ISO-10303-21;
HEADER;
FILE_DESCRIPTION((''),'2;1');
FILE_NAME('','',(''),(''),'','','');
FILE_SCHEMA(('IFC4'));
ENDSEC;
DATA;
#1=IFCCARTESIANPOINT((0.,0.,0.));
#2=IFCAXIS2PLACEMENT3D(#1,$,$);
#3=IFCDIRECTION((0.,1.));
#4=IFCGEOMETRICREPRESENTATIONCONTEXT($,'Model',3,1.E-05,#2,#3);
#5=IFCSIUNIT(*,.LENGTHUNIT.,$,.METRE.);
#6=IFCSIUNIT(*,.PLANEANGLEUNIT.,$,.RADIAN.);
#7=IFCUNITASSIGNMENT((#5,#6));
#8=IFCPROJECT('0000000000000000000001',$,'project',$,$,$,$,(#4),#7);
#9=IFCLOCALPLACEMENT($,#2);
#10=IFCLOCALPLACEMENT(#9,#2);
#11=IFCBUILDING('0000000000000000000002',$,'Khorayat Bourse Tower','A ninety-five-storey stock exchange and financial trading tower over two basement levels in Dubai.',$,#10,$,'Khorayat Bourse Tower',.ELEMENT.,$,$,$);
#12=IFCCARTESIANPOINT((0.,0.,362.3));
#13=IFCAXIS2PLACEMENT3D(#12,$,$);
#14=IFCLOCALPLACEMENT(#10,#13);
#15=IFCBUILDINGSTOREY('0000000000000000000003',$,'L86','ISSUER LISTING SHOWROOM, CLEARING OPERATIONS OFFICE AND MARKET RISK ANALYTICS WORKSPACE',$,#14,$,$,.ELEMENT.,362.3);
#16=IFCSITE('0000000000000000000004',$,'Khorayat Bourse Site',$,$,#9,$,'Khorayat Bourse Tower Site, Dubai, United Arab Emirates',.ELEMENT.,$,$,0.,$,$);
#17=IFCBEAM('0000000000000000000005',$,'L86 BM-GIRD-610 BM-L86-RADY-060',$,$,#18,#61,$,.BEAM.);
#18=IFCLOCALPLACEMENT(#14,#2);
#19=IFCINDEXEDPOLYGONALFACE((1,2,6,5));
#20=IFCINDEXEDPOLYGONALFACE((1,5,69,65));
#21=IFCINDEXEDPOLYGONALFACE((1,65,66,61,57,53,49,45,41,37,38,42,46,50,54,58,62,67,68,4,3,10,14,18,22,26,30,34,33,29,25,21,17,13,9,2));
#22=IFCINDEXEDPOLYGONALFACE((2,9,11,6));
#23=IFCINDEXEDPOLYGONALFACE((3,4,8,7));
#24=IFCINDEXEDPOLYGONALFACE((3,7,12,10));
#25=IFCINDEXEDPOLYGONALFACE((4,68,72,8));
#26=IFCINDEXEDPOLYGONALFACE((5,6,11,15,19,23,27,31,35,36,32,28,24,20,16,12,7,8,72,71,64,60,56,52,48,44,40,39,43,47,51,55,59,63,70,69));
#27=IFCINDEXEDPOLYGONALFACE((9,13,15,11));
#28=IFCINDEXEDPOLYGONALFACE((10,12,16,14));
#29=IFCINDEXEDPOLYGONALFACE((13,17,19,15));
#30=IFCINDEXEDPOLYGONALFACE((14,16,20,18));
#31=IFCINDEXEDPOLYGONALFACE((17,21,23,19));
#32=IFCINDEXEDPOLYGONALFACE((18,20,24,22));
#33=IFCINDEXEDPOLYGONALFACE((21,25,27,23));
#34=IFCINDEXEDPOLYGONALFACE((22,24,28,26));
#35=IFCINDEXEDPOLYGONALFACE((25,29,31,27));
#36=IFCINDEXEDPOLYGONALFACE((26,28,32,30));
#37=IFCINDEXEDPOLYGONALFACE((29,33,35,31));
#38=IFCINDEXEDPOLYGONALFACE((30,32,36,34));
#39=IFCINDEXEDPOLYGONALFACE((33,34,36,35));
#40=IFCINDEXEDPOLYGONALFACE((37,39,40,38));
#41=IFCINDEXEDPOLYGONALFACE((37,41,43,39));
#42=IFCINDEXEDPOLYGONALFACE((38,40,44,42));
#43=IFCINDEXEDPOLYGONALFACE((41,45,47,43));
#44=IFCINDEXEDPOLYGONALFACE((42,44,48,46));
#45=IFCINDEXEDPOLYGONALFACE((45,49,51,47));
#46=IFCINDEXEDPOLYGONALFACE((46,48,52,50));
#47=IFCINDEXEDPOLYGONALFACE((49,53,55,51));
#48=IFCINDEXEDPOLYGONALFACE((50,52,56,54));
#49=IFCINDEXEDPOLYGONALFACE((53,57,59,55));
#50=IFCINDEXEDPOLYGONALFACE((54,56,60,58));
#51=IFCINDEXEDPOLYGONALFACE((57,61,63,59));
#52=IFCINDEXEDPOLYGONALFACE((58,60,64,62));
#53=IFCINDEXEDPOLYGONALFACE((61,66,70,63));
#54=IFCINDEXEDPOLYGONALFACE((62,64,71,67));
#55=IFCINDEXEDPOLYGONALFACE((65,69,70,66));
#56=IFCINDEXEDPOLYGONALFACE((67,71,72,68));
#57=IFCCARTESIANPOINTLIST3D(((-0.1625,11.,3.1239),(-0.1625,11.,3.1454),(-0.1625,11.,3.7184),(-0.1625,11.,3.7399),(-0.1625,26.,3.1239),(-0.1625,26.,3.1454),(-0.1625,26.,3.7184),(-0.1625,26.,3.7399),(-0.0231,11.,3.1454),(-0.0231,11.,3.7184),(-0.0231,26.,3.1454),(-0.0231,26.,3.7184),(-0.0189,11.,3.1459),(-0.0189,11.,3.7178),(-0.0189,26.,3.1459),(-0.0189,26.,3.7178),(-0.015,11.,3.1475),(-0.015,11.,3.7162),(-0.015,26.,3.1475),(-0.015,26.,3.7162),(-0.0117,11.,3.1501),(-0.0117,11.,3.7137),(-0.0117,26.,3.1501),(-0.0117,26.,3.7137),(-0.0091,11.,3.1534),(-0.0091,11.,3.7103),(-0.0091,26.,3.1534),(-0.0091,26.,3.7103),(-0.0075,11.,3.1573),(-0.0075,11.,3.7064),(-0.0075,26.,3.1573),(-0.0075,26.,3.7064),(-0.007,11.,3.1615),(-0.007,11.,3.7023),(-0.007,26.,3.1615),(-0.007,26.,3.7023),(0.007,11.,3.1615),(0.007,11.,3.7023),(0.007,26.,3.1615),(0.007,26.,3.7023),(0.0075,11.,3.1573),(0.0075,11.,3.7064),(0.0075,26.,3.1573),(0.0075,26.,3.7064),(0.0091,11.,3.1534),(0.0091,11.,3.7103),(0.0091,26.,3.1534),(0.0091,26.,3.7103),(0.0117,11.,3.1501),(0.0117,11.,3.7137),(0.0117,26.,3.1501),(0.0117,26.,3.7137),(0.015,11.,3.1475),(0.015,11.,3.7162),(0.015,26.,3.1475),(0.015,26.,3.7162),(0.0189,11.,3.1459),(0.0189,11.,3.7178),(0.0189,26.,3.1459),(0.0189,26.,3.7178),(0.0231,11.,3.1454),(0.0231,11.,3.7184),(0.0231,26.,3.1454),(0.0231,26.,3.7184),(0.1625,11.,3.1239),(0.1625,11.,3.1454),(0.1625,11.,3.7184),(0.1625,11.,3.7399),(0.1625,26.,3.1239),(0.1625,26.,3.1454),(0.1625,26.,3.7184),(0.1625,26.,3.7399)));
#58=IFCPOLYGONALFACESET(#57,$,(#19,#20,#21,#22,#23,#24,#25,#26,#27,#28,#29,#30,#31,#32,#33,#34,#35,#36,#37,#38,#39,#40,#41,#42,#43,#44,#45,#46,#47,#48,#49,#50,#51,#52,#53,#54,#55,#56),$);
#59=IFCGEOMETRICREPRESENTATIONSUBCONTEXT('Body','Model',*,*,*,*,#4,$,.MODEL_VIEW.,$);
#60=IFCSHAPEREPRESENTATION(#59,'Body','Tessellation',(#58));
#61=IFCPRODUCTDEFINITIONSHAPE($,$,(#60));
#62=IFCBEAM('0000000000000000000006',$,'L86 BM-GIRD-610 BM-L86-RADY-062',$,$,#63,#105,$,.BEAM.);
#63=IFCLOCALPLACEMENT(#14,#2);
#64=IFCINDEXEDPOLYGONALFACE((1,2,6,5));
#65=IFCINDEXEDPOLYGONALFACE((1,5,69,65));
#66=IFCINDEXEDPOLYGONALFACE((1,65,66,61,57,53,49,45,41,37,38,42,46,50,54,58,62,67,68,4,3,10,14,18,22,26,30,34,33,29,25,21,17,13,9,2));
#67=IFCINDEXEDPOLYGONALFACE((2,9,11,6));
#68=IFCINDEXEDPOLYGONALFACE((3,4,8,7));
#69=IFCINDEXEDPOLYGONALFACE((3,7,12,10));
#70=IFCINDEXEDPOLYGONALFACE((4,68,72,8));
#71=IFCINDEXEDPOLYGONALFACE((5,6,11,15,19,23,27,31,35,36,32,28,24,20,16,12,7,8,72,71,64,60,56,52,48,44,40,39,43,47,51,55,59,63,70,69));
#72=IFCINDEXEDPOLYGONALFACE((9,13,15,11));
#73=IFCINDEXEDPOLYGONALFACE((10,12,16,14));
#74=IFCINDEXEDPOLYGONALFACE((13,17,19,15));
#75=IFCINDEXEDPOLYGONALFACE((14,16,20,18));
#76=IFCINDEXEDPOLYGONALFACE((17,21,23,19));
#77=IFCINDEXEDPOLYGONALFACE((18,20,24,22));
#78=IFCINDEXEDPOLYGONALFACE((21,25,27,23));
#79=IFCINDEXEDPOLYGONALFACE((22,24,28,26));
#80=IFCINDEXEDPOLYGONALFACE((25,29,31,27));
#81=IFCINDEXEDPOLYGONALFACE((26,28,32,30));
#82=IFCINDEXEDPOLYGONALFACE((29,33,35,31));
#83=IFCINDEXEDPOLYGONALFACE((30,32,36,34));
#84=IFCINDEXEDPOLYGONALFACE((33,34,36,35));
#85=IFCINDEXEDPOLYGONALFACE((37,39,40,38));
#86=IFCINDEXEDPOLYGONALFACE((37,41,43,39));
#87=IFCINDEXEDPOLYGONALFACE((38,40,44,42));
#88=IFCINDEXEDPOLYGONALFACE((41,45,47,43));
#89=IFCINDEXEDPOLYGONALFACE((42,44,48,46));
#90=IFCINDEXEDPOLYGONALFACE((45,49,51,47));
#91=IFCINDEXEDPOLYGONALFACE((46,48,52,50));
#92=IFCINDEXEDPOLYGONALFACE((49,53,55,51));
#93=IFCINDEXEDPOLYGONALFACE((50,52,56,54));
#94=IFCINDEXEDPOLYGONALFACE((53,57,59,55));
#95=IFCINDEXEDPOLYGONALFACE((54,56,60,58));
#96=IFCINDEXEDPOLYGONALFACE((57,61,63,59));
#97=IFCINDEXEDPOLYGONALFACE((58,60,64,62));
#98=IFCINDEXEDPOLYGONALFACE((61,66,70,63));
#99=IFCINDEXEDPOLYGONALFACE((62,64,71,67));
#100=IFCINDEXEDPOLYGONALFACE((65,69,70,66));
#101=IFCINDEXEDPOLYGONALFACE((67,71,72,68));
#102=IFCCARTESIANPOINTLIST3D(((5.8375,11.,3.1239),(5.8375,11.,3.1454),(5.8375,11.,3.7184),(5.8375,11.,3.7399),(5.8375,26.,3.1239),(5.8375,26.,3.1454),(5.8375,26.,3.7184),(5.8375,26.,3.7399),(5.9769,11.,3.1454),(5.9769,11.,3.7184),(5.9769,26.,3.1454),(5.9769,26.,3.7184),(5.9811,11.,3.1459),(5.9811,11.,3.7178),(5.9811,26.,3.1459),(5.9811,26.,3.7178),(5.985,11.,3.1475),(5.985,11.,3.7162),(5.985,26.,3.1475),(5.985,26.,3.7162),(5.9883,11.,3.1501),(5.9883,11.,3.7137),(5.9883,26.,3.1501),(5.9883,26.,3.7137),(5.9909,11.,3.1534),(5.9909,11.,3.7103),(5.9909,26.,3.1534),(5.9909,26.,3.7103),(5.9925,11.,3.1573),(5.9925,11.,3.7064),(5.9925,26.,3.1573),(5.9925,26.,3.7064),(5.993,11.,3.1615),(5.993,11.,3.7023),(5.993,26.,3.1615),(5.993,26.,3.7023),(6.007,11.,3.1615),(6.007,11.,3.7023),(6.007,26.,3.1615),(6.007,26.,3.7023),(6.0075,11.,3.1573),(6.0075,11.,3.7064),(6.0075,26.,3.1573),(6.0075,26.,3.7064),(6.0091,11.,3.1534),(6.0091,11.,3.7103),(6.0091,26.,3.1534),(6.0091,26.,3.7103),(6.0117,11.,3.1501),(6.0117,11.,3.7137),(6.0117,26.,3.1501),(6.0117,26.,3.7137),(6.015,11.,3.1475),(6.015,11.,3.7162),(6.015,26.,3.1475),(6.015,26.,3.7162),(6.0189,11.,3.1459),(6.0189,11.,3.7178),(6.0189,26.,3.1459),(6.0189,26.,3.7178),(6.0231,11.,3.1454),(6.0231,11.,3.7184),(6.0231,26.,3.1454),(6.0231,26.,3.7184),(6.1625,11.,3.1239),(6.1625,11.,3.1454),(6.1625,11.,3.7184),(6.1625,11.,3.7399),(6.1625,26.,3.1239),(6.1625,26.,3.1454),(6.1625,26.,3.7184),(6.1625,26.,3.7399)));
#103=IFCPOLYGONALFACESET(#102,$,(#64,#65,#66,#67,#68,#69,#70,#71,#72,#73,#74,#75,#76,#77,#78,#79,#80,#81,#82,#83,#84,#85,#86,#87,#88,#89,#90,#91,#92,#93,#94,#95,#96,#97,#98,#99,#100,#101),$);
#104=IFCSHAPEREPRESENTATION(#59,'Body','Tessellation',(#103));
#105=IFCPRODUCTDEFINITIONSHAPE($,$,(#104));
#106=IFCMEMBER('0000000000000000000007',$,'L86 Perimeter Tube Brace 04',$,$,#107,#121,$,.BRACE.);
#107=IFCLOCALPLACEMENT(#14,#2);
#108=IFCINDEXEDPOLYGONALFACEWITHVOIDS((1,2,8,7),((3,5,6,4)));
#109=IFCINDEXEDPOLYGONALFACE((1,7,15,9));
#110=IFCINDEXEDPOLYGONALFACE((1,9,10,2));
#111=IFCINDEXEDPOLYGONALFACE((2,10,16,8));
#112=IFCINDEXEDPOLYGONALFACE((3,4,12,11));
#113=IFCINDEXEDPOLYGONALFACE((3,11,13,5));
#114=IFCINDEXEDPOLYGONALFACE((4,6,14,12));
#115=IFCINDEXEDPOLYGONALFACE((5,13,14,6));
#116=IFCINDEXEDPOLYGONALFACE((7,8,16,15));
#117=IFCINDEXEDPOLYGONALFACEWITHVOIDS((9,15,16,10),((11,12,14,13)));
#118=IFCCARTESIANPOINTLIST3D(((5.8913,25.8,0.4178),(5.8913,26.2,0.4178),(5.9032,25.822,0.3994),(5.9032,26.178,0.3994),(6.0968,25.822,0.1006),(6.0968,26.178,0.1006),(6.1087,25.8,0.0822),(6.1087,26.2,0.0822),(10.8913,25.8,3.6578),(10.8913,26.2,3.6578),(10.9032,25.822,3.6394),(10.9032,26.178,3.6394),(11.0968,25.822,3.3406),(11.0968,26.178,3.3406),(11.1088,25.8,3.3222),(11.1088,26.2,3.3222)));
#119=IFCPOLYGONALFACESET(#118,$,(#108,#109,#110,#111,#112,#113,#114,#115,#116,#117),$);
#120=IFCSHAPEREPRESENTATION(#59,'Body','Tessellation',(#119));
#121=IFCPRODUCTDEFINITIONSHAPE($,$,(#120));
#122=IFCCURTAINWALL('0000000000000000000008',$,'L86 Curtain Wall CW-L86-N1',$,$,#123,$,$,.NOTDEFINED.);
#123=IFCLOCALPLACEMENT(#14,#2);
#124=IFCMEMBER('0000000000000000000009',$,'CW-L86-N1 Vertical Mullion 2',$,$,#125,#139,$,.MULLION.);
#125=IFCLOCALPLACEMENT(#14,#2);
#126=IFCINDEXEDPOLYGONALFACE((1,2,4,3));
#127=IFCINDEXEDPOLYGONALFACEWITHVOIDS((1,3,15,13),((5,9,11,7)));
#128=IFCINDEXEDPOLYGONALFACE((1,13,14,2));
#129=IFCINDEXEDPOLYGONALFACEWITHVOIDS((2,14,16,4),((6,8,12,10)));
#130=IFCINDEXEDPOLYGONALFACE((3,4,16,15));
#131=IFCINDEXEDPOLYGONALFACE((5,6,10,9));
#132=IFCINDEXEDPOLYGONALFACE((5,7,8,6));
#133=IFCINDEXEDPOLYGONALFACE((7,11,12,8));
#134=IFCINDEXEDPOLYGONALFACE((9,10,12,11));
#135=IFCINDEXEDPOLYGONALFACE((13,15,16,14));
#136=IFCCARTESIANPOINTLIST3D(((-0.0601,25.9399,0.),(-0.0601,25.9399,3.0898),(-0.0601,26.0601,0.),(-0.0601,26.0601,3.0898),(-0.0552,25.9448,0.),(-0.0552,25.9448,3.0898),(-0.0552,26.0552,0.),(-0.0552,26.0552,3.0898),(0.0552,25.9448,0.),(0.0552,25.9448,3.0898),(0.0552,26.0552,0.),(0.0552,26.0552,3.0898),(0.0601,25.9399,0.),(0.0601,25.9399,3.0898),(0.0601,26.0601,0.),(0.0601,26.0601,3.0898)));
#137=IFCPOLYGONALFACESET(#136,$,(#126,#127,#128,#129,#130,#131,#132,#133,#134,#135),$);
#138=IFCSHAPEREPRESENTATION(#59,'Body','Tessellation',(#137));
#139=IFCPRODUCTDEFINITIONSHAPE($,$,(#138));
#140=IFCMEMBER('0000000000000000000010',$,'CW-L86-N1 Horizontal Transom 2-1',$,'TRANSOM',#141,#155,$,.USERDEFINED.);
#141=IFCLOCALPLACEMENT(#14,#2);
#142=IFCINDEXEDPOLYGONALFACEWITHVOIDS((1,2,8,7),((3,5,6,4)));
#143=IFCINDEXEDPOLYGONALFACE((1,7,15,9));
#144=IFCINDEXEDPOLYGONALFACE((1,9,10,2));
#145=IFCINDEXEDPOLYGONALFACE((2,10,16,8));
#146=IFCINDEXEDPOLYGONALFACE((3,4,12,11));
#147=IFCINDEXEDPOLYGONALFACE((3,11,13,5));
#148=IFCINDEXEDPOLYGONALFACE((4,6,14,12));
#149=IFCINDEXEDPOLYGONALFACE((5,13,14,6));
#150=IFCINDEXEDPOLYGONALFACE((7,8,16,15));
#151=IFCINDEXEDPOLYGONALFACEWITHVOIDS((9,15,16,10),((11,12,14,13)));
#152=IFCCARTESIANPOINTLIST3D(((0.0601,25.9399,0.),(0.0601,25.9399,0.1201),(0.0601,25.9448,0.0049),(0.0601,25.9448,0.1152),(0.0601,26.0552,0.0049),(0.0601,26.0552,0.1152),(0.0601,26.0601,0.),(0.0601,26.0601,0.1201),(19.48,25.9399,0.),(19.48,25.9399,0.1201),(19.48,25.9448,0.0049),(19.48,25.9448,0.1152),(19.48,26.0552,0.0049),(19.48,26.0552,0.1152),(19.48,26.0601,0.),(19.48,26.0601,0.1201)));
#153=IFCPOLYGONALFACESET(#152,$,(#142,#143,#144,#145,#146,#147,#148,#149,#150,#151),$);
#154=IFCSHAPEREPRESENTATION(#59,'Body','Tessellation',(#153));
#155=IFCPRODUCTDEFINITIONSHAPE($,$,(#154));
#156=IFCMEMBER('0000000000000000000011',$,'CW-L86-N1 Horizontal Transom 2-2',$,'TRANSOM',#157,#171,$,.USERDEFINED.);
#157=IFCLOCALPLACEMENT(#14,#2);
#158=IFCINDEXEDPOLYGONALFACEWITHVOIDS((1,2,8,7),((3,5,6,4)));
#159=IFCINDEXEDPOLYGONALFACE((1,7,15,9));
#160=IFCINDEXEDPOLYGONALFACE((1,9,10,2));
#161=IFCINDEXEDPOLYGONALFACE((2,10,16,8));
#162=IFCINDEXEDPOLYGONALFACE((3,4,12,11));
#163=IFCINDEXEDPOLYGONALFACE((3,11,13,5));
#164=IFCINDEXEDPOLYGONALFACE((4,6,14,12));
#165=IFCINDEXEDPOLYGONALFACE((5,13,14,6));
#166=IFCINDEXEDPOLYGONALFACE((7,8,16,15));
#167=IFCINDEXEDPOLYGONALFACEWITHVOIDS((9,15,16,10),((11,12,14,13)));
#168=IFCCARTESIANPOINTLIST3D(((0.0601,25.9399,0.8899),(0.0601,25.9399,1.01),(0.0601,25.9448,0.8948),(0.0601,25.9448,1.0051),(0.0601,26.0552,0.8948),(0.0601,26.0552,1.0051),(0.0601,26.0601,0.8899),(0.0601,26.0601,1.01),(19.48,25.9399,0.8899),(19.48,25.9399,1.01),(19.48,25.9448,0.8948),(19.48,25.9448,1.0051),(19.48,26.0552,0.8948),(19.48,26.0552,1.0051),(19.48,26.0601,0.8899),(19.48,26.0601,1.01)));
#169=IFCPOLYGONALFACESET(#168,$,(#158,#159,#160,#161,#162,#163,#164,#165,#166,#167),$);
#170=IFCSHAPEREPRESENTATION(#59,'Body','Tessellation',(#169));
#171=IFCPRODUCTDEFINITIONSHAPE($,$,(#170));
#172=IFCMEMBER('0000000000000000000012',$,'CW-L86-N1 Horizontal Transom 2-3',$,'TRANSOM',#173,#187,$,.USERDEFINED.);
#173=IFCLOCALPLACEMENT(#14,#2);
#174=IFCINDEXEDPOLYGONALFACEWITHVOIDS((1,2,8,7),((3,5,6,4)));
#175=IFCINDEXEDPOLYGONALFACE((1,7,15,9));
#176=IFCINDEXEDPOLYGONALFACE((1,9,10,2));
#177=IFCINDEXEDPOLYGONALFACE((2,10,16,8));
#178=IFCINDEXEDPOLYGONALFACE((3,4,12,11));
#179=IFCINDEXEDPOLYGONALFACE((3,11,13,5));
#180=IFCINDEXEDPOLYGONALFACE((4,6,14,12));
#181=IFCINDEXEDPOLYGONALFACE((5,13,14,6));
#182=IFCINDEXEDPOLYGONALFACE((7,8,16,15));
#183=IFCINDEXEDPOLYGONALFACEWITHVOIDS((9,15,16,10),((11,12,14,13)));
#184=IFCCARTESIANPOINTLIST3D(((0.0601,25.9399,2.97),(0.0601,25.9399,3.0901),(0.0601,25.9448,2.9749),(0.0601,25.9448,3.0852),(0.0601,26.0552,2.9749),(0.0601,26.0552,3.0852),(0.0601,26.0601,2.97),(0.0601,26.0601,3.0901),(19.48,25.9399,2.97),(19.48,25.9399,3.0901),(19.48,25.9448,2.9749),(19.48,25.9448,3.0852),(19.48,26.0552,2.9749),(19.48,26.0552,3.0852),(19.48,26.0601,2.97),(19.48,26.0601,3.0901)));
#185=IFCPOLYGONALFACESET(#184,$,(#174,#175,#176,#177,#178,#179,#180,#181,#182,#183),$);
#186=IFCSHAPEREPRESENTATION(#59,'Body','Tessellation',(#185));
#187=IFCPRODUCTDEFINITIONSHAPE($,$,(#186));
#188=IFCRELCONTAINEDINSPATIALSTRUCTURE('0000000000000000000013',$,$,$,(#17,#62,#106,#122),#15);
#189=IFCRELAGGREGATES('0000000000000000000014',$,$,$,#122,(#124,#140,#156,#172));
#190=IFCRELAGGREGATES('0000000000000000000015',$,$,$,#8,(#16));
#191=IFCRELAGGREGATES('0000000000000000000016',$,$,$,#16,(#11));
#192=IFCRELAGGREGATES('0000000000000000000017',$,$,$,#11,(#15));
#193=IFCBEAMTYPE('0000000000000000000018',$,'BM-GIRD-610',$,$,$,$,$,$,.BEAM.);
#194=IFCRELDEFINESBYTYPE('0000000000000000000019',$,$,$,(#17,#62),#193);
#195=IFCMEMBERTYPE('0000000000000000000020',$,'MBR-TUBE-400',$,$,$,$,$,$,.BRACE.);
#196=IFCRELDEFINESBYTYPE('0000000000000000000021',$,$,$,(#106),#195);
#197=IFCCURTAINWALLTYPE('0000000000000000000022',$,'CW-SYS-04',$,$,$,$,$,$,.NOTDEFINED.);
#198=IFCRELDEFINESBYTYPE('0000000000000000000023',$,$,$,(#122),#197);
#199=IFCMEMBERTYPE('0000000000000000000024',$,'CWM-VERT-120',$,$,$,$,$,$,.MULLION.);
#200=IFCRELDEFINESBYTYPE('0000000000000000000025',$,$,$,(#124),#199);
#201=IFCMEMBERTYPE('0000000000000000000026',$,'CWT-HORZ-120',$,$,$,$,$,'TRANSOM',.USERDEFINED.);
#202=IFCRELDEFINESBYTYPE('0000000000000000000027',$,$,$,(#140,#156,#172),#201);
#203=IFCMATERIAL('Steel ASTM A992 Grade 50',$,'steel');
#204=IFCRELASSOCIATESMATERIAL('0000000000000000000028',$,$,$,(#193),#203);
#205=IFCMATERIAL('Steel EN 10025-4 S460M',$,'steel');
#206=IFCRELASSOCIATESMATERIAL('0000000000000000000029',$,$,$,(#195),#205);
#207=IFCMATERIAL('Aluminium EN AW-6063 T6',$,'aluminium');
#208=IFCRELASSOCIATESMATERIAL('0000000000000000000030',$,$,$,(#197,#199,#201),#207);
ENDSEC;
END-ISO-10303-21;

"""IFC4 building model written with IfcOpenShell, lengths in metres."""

from ifc_helpers import new_model, si_unit, direction, frame, origin, origin_2d, place, context, subcontext, project, spatial, hollow_rectangle, i_section, extrude, source, transform, mapped, material, material_profile, profile_set, type_object, element, aggregate, save


model = new_model("IFC4")

# Units and contexts
model_context = context("Model", 3, precision=1e-05, world=origin(), true_north=direction((0.0, 1.0)))
body_context = subcontext(model_context, "Body", "Model", "MODEL_VIEW")
ifc_project = project(units=[si_unit("LENGTHUNIT", "METRE"), si_unit("PLANEANGLEUNIT", "RADIAN")], contexts=[model_context])

# Site, building, storey
site_placement = place(None, origin())
site = spatial("IfcSite", under=ifc_project, at=site_placement, Name="Khorayat Bourse Site", LongName="Khorayat Bourse Tower Site, Dubai, United Arab Emirates", CompositionType="ELEMENT", RefElevation=0.0)
building_placement = place(site_placement, origin())
building = spatial("IfcBuilding", under=site, at=building_placement, Name="Khorayat Bourse Tower", Description="A ninety-five-storey stock exchange and financial trading tower over two basement levels in Dubai.", LongName="Khorayat Bourse Tower", CompositionType="ELEMENT")
storey_placement = place(building_placement, frame((0.0, 0.0, 362.3)))
storey = spatial("IfcBuildingStorey", under=building, at=storey_placement, Name="L86", Description="ISSUER LISTING SHOWROOM, CLEARING OPERATIONS OFFICE AND MARKET RISK ANALYTICS WORKSPACE", CompositionType="ELEMENT", Elevation=362.3)

# Beams
ifc_material_1 = material(Name="Steel ASTM A992 Grade 50", Category="steel")
ifc_material_profile_1 = material_profile(ifc_material_1, i_section(OverallWidth=0.325, OverallDepth=0.616, WebThickness=0.0139, FlangeThickness=0.0215, FilletRadius=0.0161, at=origin_2d()), Name="W610X174")
ifc_profile_set_1 = profile_set([ifc_material_profile_1], Name="Steel ASTM A992 Grade 50")
beam_type_1 = type_object("IfcBeamType", Name="BM-GIRD-610", PredefinedType="BEAM", material=ifc_profile_set_1)
shared_shape_1 = source(origin(), body_context, "Body", "SweptSolid", [
    extrude(i_section(OverallWidth=0.325, OverallDepth=0.616, WebThickness=0.0139, FlangeThickness=0.0215, FilletRadius=0.0161, at=origin_2d()), origin(), (0.0, 0.0, 1.0), 15.0),
])
for number, where, z_axis, x_axis, name in (
    (1, (0.0, 11.0, 3.4319), (0.0, 1.0, 0.0), (-1.0, 0.0, 0.0), "L86 BM-GIRD-610 BM-L86-RADY-060"),
    (2, (6.0, 11.0, 3.4319), (0.0, 1.0, 0.0), (-1.0, 0.0, 0.0), "L86 BM-GIRD-610 BM-L86-RADY-062"),
):
    element("IfcBeam", number, at=place(storey_placement, frame(where, z_axis=z_axis, x_axis=x_axis)), inside=storey, type_object=beam_type_1, Name=name, PredefinedType="BEAM", context=body_context, shape_type="MappedRepresentation", body=[
        mapped(shared_shape_1, transform((0.0, 0.0, 0.0), scale=1.0)),
    ])

# Member
ifc_material_2 = material(Name="Steel EN 10025-4 S460M", Category="steel")
ifc_material_profile_2 = material_profile(ifc_material_2, hollow_rectangle(XDim=0.3999, YDim=0.3999, WallThickness=0.022, at=origin_2d()), Name="HSS 400x400x22")
ifc_profile_set_2 = profile_set([ifc_material_profile_2], Name="Steel EN 10025-4 S460M")
member_type_1 = type_object("IfcMemberType", Name="MBR-TUBE-400", PredefinedType="BRACE", material=ifc_profile_set_2)
shared_shape_2 = source(origin(), body_context, "Body", "SweptSolid", [
    extrude(hollow_rectangle(XDim=0.3999, YDim=0.3999, WallThickness=0.022, at=origin_2d()), origin(), (0.0, 0.0, 1.0), 5.958),
])
member_1_placement = place(storey_placement, frame((6.0, 26.0, 0.25), z_axis=(0.83921, 0.0, 0.543807), x_axis=(0.0, 1.0, 0.0)))
element("IfcMember", 3, at=member_1_placement, inside=storey, type_object=member_type_1, Name="L86 Perimeter Tube Brace 04", PredefinedType="BRACE", context=body_context, shape_type="MappedRepresentation", body=[
    mapped(shared_shape_2, transform((0.0, 0.0, 0.0), scale=1.0)),
])

# Curtain wall, members
ifc_material_3 = material(Name="Aluminium EN AW-6063 T6", Category="aluminium")
curtain_wall_type = type_object("IfcCurtainWallType", Name="CW-SYS-04", PredefinedType="NOTDEFINED", material=ifc_material_3)
curtain_wall_placement = place(storey_placement, origin())
curtain_wall = element("IfcCurtainWall", 4, at=curtain_wall_placement, inside=storey, type_object=curtain_wall_type, Name="L86 Curtain Wall CW-L86-N1", PredefinedType="NOTDEFINED")
ifc_material_profile_3 = material_profile(ifc_material_3, hollow_rectangle(XDim=0.1201, YDim=0.1201, WallThickness=0.0049, at=origin_2d()), Name="ALU 120x120x5")
ifc_profile_set_3 = profile_set([ifc_material_profile_3], Name="Aluminium EN AW-6063 T6")
member_type_2 = type_object("IfcMemberType", Name="CWM-VERT-120", PredefinedType="MULLION", material=ifc_profile_set_3)
shared_shape_3 = source(origin(), body_context, "Body", "SweptSolid", [
    extrude(hollow_rectangle(XDim=0.1201, YDim=0.1201, WallThickness=0.0049, at=origin_2d()), origin(), (0.0, 0.0, 1.0), 3.0898),
])
member_2_placement = place(storey_placement, frame((0.0, 26.0, 0.0), z_axis=(0.0, 0.0, 1.0), x_axis=(0.0, 1.0, 0.0)))
member_2 = element("IfcMember", 5, at=member_2_placement, type_object=member_type_2, Name="CW-L86-N1 Vertical Mullion 2", PredefinedType="MULLION", context=body_context, shape_type="MappedRepresentation", body=[
    mapped(shared_shape_3, transform((0.0, 0.0, 0.0), scale=1.0)),
])
ifc_material_profile_4 = material_profile(ifc_material_3, hollow_rectangle(XDim=0.1201, YDim=0.1201, WallThickness=0.0049, at=origin_2d()), Name="ALU 120x120x5")
ifc_profile_set_4 = profile_set([ifc_material_profile_4], Name="Aluminium EN AW-6063 T6")
member_type_3 = type_object("IfcMemberType", Name="CWT-HORZ-120", ElementType="TRANSOM", PredefinedType="USERDEFINED", material=ifc_profile_set_4)
shared_shape_4 = source(origin(), body_context, "Body", "SweptSolid", [
    extrude(hollow_rectangle(XDim=0.1201, YDim=0.1201, WallThickness=0.0049, at=origin_2d()), origin(), (0.0, 0.0, 1.0), 19.4199),
])
member_3_placement = place(storey_placement, frame((0.0601, 26.0, 0.0601), z_axis=(1.0, 0.0, 0.0), x_axis=(0.0, 1.0, 0.0)))
member_3 = element("IfcMember", 6, at=member_3_placement, type_object=member_type_3, Name="CW-L86-N1 Horizontal Transom 2-1", ObjectType="TRANSOM", PredefinedType="USERDEFINED", context=body_context, shape_type="MappedRepresentation", body=[
    mapped(shared_shape_4, transform((0.0, 0.0, 0.0), scale=1.0)),
])
member_4_placement = place(storey_placement, frame((0.0601, 26.0, 0.95), z_axis=(1.0, 0.0, 0.0), x_axis=(0.0, 1.0, 0.0)))
member_4 = element("IfcMember", 7, at=member_4_placement, type_object=member_type_3, Name="CW-L86-N1 Horizontal Transom 2-2", ObjectType="TRANSOM", PredefinedType="USERDEFINED", context=body_context, shape_type="MappedRepresentation", body=[
    mapped(shared_shape_4, transform((0.0, 0.0, 0.0), scale=1.0)),
])
member_5_placement = place(storey_placement, frame((0.0601, 26.0, 3.03), z_axis=(1.0, 0.0, 0.0), x_axis=(0.0, 1.0, 0.0)))
member_5 = element("IfcMember", 8, at=member_5_placement, type_object=member_type_3, Name="CW-L86-N1 Horizontal Transom 2-3", ObjectType="TRANSOM", PredefinedType="USERDEFINED", context=body_context, shape_type="MappedRepresentation", body=[
    mapped(shared_shape_4, transform((0.0, 0.0, 0.0), scale=1.0)),
])

aggregate(curtain_wall, [member_2, member_3, member_4, member_5])

save(model, "model.ifc")
